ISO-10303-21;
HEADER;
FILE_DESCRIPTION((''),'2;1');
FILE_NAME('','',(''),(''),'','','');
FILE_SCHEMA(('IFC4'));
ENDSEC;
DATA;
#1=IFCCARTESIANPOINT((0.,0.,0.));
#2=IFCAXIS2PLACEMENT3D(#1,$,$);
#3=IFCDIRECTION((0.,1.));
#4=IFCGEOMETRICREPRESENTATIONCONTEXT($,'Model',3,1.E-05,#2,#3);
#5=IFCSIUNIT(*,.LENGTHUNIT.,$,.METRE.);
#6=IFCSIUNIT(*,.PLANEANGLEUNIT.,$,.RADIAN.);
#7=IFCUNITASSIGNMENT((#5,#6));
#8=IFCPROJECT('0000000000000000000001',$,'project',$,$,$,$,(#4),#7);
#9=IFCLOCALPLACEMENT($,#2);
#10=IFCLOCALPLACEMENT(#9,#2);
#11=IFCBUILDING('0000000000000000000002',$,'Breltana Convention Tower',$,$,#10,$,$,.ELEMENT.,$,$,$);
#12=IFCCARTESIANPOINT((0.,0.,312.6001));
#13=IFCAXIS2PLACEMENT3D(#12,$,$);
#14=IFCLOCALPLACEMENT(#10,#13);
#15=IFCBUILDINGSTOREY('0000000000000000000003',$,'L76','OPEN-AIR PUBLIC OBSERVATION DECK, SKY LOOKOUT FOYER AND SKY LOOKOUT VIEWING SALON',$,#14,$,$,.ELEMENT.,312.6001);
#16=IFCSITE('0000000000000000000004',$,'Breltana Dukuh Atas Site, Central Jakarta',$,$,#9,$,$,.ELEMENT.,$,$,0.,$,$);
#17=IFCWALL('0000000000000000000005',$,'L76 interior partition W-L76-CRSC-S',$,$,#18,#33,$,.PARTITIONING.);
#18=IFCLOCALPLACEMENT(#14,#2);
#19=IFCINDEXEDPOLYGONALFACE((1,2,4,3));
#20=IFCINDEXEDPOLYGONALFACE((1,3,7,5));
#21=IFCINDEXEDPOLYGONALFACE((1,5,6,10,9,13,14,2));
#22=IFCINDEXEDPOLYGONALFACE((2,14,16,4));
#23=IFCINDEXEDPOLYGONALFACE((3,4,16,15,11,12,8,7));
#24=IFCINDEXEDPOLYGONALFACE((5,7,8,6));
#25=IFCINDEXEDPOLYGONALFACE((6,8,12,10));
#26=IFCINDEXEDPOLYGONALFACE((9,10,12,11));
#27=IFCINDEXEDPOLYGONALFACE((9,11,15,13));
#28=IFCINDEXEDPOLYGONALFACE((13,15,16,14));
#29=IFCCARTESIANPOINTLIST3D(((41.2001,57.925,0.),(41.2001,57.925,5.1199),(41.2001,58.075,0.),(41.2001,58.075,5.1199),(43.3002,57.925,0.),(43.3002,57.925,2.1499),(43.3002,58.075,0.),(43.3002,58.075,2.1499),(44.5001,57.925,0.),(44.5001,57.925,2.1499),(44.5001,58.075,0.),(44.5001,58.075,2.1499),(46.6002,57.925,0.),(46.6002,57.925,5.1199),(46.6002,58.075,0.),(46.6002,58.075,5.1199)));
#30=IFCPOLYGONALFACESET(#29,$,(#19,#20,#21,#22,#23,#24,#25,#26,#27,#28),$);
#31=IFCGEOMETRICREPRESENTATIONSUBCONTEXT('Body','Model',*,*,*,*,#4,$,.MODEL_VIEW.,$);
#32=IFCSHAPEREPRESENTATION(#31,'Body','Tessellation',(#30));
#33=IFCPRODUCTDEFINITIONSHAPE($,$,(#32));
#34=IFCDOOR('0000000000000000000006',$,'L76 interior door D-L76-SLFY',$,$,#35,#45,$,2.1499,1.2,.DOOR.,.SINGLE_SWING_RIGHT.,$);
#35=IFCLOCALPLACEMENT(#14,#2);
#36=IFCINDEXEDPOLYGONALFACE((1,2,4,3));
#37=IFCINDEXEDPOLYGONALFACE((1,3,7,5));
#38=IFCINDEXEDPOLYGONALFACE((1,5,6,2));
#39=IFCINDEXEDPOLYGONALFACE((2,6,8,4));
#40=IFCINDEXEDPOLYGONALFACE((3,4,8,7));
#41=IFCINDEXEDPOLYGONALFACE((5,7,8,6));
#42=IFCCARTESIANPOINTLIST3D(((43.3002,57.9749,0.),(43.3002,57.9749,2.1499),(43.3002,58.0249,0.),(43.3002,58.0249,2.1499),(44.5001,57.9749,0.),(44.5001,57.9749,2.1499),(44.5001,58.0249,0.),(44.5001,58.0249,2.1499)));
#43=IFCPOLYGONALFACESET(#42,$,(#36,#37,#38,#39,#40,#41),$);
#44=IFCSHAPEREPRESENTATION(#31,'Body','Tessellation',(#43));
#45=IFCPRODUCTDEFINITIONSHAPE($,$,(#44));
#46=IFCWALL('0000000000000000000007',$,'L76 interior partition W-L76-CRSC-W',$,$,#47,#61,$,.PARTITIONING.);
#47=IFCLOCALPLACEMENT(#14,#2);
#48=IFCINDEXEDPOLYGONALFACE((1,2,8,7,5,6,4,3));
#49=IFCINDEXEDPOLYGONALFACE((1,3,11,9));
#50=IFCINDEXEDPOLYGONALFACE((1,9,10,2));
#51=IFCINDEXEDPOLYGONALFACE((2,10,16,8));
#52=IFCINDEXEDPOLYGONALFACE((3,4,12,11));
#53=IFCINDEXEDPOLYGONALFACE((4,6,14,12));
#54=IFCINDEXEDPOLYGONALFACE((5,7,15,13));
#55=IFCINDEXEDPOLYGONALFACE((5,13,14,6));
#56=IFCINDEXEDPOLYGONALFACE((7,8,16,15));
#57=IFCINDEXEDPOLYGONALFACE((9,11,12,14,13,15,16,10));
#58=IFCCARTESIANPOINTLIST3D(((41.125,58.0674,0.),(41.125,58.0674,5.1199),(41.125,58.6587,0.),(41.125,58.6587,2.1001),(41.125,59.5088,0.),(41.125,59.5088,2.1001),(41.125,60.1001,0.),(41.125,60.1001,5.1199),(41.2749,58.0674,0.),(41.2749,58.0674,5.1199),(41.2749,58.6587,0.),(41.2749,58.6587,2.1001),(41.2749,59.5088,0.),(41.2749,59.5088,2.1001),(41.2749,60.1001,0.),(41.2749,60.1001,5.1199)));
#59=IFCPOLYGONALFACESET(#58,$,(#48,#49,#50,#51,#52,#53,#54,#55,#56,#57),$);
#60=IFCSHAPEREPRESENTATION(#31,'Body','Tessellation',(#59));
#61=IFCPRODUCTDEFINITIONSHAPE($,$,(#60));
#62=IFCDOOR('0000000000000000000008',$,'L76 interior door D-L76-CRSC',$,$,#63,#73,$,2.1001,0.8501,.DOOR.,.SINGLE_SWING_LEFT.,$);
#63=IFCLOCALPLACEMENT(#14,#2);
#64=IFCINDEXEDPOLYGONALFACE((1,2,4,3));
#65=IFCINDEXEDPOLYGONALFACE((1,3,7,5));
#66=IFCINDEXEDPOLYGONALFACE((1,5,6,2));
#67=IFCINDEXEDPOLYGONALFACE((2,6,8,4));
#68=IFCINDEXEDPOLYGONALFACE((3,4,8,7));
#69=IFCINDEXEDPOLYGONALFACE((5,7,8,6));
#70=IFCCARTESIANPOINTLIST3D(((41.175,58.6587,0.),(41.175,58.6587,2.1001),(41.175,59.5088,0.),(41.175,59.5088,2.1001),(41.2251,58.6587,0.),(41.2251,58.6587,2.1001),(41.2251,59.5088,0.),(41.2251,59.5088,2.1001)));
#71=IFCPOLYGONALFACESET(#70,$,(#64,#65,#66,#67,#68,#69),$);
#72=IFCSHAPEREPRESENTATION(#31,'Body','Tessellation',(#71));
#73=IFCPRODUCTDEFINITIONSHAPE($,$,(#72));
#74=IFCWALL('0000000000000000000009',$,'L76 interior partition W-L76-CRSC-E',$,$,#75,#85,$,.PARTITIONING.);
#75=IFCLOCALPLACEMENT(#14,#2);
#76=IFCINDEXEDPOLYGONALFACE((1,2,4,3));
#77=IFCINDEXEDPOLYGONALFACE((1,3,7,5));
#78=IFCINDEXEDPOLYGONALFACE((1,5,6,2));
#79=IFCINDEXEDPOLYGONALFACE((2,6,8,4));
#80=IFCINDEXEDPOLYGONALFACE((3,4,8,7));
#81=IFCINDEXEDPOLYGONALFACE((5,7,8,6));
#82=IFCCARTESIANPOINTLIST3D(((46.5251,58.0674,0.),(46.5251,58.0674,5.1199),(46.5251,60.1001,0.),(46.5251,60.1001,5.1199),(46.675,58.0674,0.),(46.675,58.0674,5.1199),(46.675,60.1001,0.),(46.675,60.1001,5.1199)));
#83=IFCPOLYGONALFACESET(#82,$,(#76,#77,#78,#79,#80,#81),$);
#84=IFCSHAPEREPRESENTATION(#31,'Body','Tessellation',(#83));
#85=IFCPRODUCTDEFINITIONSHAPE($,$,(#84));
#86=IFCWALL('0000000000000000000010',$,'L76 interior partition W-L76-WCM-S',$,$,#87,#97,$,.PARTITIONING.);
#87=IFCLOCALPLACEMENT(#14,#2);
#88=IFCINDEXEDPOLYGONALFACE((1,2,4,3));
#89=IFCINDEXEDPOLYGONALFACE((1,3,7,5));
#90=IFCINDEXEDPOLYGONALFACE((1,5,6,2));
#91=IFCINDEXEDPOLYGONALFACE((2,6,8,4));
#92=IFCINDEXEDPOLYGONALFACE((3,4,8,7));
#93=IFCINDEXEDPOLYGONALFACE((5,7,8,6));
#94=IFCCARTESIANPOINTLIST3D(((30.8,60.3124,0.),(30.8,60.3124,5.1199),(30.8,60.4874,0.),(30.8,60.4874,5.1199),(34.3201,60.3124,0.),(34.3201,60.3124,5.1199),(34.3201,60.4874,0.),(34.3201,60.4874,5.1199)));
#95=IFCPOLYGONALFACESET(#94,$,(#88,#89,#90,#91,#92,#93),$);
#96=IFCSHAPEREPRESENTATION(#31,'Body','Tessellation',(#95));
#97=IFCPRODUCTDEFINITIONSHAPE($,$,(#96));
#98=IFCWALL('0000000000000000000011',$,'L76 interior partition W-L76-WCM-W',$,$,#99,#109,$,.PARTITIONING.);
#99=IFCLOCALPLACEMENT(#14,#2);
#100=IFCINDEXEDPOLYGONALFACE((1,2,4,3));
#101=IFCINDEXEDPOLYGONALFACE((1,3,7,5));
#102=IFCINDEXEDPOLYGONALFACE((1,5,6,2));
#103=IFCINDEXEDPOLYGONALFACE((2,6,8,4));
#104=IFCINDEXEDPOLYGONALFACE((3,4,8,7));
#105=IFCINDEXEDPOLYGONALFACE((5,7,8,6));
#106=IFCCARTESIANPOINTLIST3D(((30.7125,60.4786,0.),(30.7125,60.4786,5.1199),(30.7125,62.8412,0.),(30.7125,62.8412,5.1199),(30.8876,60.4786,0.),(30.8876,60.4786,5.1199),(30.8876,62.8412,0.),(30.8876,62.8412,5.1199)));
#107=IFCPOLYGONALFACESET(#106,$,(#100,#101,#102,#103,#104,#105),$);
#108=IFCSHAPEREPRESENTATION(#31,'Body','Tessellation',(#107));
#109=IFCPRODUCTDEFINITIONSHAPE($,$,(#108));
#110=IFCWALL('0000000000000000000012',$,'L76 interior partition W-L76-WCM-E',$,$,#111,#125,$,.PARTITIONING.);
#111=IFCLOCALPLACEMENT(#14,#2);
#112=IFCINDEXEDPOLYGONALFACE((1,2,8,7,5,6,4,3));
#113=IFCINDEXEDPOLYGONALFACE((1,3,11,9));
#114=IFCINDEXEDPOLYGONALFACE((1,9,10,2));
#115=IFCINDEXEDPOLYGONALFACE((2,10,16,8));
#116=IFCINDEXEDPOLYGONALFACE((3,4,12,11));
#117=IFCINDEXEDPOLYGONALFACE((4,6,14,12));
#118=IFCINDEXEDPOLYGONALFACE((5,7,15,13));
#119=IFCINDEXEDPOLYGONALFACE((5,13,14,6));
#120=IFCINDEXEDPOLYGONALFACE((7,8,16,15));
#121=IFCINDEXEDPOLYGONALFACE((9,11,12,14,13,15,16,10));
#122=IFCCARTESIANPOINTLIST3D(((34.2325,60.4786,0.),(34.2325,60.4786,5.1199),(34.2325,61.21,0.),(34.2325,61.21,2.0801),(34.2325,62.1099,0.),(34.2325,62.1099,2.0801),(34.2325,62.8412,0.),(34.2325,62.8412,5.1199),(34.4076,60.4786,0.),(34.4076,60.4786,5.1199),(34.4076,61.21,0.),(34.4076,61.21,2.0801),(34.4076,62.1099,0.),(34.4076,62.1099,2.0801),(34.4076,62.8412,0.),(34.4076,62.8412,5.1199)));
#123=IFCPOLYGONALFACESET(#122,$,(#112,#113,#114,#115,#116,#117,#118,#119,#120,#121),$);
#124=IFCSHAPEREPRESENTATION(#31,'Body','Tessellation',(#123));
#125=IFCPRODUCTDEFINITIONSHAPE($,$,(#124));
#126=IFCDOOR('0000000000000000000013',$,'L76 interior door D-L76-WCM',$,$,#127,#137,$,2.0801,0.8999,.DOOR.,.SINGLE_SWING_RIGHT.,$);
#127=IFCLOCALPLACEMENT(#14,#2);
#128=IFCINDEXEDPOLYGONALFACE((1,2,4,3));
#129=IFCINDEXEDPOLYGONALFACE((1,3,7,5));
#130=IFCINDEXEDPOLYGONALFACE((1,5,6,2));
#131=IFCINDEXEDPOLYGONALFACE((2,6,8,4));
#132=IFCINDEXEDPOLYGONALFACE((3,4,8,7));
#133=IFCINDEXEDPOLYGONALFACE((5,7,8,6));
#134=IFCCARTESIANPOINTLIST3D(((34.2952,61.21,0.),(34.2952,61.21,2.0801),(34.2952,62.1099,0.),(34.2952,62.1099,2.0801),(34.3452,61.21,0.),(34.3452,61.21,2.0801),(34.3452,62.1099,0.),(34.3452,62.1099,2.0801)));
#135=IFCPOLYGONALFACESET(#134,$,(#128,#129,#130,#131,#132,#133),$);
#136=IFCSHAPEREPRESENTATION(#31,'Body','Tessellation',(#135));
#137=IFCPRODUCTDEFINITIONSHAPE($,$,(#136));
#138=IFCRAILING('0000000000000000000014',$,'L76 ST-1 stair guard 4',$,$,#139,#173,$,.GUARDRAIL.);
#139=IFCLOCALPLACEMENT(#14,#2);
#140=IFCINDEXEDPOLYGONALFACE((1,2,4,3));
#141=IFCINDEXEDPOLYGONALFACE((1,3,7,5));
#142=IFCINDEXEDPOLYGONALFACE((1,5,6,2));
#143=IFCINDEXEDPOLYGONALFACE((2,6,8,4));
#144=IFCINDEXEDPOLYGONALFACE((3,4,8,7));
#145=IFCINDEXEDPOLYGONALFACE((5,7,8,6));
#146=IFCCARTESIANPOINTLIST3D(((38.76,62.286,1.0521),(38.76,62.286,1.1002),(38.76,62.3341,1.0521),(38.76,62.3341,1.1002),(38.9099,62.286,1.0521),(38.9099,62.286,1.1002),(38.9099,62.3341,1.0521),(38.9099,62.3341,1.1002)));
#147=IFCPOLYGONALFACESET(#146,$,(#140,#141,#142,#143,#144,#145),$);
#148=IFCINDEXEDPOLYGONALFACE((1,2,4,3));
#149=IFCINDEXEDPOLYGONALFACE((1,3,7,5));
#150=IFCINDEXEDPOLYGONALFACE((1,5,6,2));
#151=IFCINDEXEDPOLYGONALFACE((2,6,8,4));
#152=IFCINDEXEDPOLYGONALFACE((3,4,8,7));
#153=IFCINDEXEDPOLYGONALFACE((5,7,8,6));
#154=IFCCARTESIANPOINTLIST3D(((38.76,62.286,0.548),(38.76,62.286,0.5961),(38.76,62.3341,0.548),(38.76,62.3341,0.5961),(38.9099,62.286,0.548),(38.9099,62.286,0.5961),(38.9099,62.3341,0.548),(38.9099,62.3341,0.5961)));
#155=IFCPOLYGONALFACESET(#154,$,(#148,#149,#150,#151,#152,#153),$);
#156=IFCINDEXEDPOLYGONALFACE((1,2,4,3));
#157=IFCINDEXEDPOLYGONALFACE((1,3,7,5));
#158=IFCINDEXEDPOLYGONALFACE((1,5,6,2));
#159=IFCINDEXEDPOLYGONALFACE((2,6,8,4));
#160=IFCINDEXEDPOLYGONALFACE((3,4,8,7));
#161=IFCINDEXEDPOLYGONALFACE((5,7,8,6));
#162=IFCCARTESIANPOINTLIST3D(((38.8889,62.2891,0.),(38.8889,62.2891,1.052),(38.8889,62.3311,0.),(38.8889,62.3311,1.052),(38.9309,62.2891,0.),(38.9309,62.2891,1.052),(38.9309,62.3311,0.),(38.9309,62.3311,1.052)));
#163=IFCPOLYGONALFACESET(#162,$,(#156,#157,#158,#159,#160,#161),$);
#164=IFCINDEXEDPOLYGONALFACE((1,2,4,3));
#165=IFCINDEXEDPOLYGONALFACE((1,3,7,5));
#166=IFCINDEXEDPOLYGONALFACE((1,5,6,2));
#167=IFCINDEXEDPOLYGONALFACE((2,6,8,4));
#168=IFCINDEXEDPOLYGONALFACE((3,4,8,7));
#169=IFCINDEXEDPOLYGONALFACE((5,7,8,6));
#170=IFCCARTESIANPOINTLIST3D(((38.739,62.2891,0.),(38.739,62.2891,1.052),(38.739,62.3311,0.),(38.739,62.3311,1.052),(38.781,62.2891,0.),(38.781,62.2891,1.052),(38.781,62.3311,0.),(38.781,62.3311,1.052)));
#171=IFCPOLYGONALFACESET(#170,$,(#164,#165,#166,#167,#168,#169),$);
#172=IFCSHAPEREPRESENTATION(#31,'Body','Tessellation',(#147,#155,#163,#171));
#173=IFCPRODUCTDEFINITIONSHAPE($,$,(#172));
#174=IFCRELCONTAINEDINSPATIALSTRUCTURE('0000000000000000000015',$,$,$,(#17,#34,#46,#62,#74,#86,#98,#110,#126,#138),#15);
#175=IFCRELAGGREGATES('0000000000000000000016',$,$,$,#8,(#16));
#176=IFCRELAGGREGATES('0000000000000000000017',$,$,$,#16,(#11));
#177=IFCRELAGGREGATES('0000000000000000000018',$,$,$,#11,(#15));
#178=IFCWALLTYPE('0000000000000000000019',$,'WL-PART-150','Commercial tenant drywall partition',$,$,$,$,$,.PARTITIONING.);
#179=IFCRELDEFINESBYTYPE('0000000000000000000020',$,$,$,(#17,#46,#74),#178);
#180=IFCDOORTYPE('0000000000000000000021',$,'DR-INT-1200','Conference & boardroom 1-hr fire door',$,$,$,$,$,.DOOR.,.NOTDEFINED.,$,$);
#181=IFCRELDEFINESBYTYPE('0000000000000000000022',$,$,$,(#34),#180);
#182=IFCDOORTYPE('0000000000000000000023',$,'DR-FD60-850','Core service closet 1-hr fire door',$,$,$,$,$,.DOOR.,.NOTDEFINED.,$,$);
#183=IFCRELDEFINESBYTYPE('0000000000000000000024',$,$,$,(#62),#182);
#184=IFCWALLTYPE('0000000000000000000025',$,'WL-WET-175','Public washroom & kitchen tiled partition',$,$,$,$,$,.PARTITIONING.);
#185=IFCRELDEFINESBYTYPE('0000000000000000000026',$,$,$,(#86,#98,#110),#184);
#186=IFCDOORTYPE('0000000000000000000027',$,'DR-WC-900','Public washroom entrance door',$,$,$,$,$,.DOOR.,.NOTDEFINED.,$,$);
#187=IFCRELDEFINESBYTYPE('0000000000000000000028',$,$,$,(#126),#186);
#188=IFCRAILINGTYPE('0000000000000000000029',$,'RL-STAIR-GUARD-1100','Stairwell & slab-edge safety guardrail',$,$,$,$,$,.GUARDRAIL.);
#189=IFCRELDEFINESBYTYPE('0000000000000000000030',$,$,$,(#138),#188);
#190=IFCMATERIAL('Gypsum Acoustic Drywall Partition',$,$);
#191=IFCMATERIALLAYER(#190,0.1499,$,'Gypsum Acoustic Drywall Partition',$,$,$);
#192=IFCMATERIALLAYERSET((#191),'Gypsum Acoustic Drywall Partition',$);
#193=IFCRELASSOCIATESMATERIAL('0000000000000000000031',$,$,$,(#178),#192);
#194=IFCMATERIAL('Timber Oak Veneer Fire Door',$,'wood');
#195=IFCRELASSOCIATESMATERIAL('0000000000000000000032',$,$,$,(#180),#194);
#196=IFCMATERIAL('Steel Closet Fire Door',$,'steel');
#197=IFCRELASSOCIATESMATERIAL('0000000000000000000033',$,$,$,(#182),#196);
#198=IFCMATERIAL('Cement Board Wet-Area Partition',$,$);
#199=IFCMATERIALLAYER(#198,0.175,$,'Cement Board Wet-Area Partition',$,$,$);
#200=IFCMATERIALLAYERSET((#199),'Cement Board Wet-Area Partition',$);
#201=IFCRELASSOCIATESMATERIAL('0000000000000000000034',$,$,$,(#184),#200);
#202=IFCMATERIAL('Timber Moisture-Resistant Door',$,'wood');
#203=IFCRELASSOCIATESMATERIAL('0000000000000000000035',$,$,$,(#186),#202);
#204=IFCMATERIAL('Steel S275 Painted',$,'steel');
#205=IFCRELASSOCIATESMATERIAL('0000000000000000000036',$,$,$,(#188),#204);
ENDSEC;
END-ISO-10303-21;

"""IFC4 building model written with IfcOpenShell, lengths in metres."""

from ifc_helpers import new_model, si_unit, direction, frame, frame_2d, origin, origin_2d, place, context, subcontext, project, spatial, rectangle, extrude, source, transform, mapped, material, layer, layer_set, type_object, type_shapes, element, fill, save


model = new_model("IFC4")

# Units and contexts
model_context = context("Model", 3, precision=1e-05, world=origin(), true_north=direction((0.0, 1.0)))
body_context = subcontext(model_context, "Body", "Model", "MODEL_VIEW")
ifc_project = project(units=[si_unit("LENGTHUNIT", "METRE"), si_unit("PLANEANGLEUNIT", "RADIAN")], contexts=[model_context])

# Site, building, storey
site_placement = place(None, origin())
site = spatial("IfcSite", under=ifc_project, at=site_placement, Name="Breltana Dukuh Atas Site, Central Jakarta", CompositionType="ELEMENT", RefElevation=0.0)
building_placement = place(site_placement, origin())
building = spatial("IfcBuilding", under=site, at=building_placement, Name="Breltana Convention Tower", CompositionType="ELEMENT")
storey_placement = place(building_placement, frame((0.0, 0.0, 312.6001)))
storey = spatial("IfcBuildingStorey", under=building, at=storey_placement, Name="L76", Description="OPEN-AIR PUBLIC OBSERVATION DECK, SKY LOOKOUT FOYER AND SKY LOOKOUT VIEWING SALON", CompositionType="ELEMENT", Elevation=312.6001)

# Walls, openings, doors
ifc_material_1 = material(Name="Gypsum Acoustic Drywall Partition")
ifc_layer_1 = layer(ifc_material_1, 0.1499, Name="Gypsum Acoustic Drywall Partition")
ifc_layer_set_1 = layer_set([ifc_layer_1], Name="Gypsum Acoustic Drywall Partition")
wall_type_1 = type_object("IfcWallType", Name="WL-PART-150", Description="Commercial tenant drywall partition", PredefinedType="PARTITIONING", material=ifc_layer_set_1)
shared_shape_1 = source(origin(), body_context, "Body", "SweptSolid", [
    extrude(rectangle(XDim=5.4001, YDim=0.1499, at=frame_2d((2.7002, 0.0))), origin(), (0.0, 0.0, 1.0), 5.1199),
])
wall_1_placement = place(storey_placement, frame((41.2, 58.0, 0.0), z_axis=(0.0, 0.0, 1.0), x_axis=(1.0, 0.0, 0.0)))
wall_1 = element("IfcWall", 1, at=wall_1_placement, inside=storey, type_object=wall_type_1, Name="L76 interior partition W-L76-CRSC-S", PredefinedType="PARTITIONING", context=body_context, shape_type="MappedRepresentation", body=[
    mapped(shared_shape_1, transform((0.0, 0.0, 0.0), scale=1.0)),
])
opening_1_placement = place(wall_1_placement, frame((2.1001, 0.0, 0.0)))
opening_1 = element("IfcOpeningElement", 2, at=opening_1_placement, cuts=wall_1, PredefinedType="OPENING", context=body_context, shape_type="SweptSolid", body=[
    extrude(rectangle(XDim=1.2, YDim=2.1499, at=frame_2d((0.6001, 1.075))), frame((0.0, 0.085, 0.0), z_axis=(0.0, -1.0, 0.0), x_axis=(1.0, 0.0, 0.0)), (0.0, 0.0, 1.0), 0.1699),
])
ifc_material_2 = material(Name="Timber Oak Veneer Fire Door", Category="wood")
door_type_1 = type_object("IfcDoorType", Name="DR-INT-1200", Description="Conference & boardroom 1-hr fire door", OperationType="NOTDEFINED", PredefinedType="DOOR", material=ifc_material_2)
shared_shape_2 = source(origin(), body_context, "Body", "SweptSolid", [
    extrude(rectangle(XDim=1.2, YDim=2.1499, at=frame_2d((0.6001, 1.075))), frame((0.0, 0.0249, 0.0), z_axis=(0.0, -1.0, 0.0), x_axis=(1.0, 0.0, 0.0)), (0.0, 0.0, 1.0), 0.05),
])
type_shapes(door_type_1, [shared_shape_2])
door_1_placement = place(opening_1_placement, origin())
door_1 = element("IfcDoor", 3, at=door_1_placement, inside=storey, type_object=door_type_1, Name="L76 interior door D-L76-SLFY", OperationType="SINGLE_SWING_RIGHT", OverallHeight=2.1499, OverallWidth=1.2, PredefinedType="DOOR", context=body_context, shape_type="MappedRepresentation", body=[
    mapped(shared_shape_2, transform((0.0, 0.0, 0.0), scale=1.0)),
])
fill(opening_1, door_1)
shared_shape_3 = source(origin(), body_context, "Body", "SweptSolid", [
    extrude(rectangle(XDim=2.0327, YDim=0.1499, at=frame_2d((1.0164, 0.0))), origin(), (0.0, 0.0, 1.0), 5.1199),
])
wall_2_placement = place(storey_placement, frame((41.2, 58.0674, 0.0), z_axis=(0.0, 0.0, 1.0), x_axis=(0.0, 1.0, 0.0)))
wall_2 = element("IfcWall", 4, at=wall_2_placement, inside=storey, type_object=wall_type_1, Name="L76 interior partition W-L76-CRSC-W", PredefinedType="PARTITIONING", context=body_context, shape_type="MappedRepresentation", body=[
    mapped(shared_shape_3, transform((0.0, 0.0, 0.0), scale=1.0)),
])
opening_2_placement = place(wall_2_placement, frame((0.5913, 0.0, 0.0)))
opening_2 = element("IfcOpeningElement", 5, at=opening_2_placement, cuts=wall_2, PredefinedType="OPENING", context=body_context, shape_type="SweptSolid", body=[
    extrude(rectangle(XDim=0.8501, YDim=2.1001, at=frame_2d((0.425, 1.05))), frame((0.0, 0.085, 0.0), z_axis=(0.0, -1.0, 0.0), x_axis=(1.0, 0.0, 0.0)), (0.0, 0.0, 1.0), 0.1699),
])
ifc_material_3 = material(Name="Steel Closet Fire Door", Category="steel")
door_type_2 = type_object("IfcDoorType", Name="DR-FD60-850", Description="Core service closet 1-hr fire door", OperationType="NOTDEFINED", PredefinedType="DOOR", material=ifc_material_3)
shared_shape_4 = source(origin(), body_context, "Body", "SweptSolid", [
    extrude(rectangle(XDim=0.8501, YDim=2.1001, at=frame_2d((0.425, 1.05))), frame((0.0, 0.0249, 0.0), z_axis=(0.0, -1.0, 0.0), x_axis=(1.0, 0.0, 0.0)), (0.0, 0.0, 1.0), 0.05),
])
type_shapes(door_type_2, [shared_shape_4])
door_2_placement = place(opening_2_placement, origin())
door_2 = element("IfcDoor", 6, at=door_2_placement, inside=storey, type_object=door_type_2, Name="L76 interior door D-L76-CRSC", OperationType="SINGLE_SWING_LEFT", OverallHeight=2.1001, OverallWidth=0.8501, PredefinedType="DOOR", context=body_context, shape_type="MappedRepresentation", body=[
    mapped(shared_shape_4, transform((0.0, 0.0, 0.0), scale=1.0)),
])
fill(opening_2, door_2)

# Walls
wall_3_placement = place(storey_placement, frame((46.6001, 58.0674, 0.0), z_axis=(0.0, 0.0, 1.0), x_axis=(0.0, 1.0, 0.0)))
element("IfcWall", 7, at=wall_3_placement, inside=storey, type_object=wall_type_1, Name="L76 interior partition W-L76-CRSC-E", PredefinedType="PARTITIONING", context=body_context, shape_type="MappedRepresentation", body=[
    mapped(shared_shape_3, transform((0.0, 0.0, 0.0), scale=1.0)),
])
ifc_material_4 = material(Name="Cement Board Wet-Area Partition")
ifc_layer_2 = layer(ifc_material_4, 0.175, Name="Cement Board Wet-Area Partition")
ifc_layer_set_2 = layer_set([ifc_layer_2], Name="Cement Board Wet-Area Partition")
wall_type_2 = type_object("IfcWallType", Name="WL-WET-175", Description="Public washroom & kitchen tiled partition", PredefinedType="PARTITIONING", material=ifc_layer_set_2)
shared_shape_5 = source(origin(), body_context, "Body", "SweptSolid", [
    extrude(rectangle(XDim=3.52, YDim=0.175, at=frame_2d((1.76, 0.0))), origin(), (0.0, 0.0, 1.0), 5.1199),
])
wall_4_placement = place(storey_placement, frame((30.8, 60.3999, 0.0), z_axis=(0.0, 0.0, 1.0), x_axis=(1.0, 0.0, 0.0)))
element("IfcWall", 8, at=wall_4_placement, inside=storey, type_object=wall_type_2, Name="L76 interior partition W-L76-WCM-S", PredefinedType="PARTITIONING", context=body_context, shape_type="MappedRepresentation", body=[
    mapped(shared_shape_5, transform((0.0, 0.0, 0.0), scale=1.0)),
])
shared_shape_6 = source(origin(), body_context, "Body", "SweptSolid", [
    extrude(rectangle(XDim=2.3625, YDim=0.175, at=frame_2d((1.1812, 0.0))), origin(), (0.0, 0.0, 1.0), 5.1199),
])
wall_5_placement = place(storey_placement, frame((30.8, 60.4788, 0.0), z_axis=(0.0, 0.0, 1.0), x_axis=(0.0, 1.0, 0.0)))
element("IfcWall", 9, at=wall_5_placement, inside=storey, type_object=wall_type_2, Name="L76 interior partition W-L76-WCM-W", PredefinedType="PARTITIONING", context=body_context, shape_type="MappedRepresentation", body=[
    mapped(shared_shape_6, transform((0.0, 0.0, 0.0), scale=1.0)),
])

# Wall, opening, door
wall_6_placement = place(storey_placement, frame((34.3201, 60.4788, 0.0), z_axis=(0.0, 0.0, 1.0), x_axis=(0.0, 1.0, 0.0)))
wall_6 = element("IfcWall", 10, at=wall_6_placement, inside=storey, type_object=wall_type_2, Name="L76 interior partition W-L76-WCM-E", PredefinedType="PARTITIONING", context=body_context, shape_type="MappedRepresentation", body=[
    mapped(shared_shape_6, transform((0.0, 0.0, 0.0), scale=1.0)),
])
opening_3_placement = place(wall_6_placement, frame((0.7312, 0.0, 0.0)))
opening_3 = element("IfcOpeningElement", 11, at=opening_3_placement, cuts=wall_6, PredefinedType="OPENING", context=body_context, shape_type="SweptSolid", body=[
    extrude(rectangle(XDim=0.8999, YDim=2.0801, at=frame_2d((0.45, 1.04))), frame((0.0, 0.0977, 0.0), z_axis=(0.0, -1.0, 0.0), x_axis=(1.0, 0.0, 0.0)), (0.0, 0.0, 1.0), 0.1951),
])
ifc_material_5 = material(Name="Timber Moisture-Resistant Door", Category="wood")
door_type_3 = type_object("IfcDoorType", Name="DR-WC-900", Description="Public washroom entrance door", OperationType="NOTDEFINED", PredefinedType="DOOR", material=ifc_material_5)
shared_shape_7 = source(origin(), body_context, "Body", "SweptSolid", [
    extrude(rectangle(XDim=0.8999, YDim=2.0801, at=frame_2d((0.45, 1.04))), frame((0.0, 0.0249, 0.0), z_axis=(0.0, -1.0, 0.0), x_axis=(1.0, 0.0, 0.0)), (0.0, 0.0, 1.0), 0.05),
])
type_shapes(door_type_3, [shared_shape_7])
door_3_placement = place(opening_3_placement, origin())
door_3 = element("IfcDoor", 12, at=door_3_placement, inside=storey, type_object=door_type_3, Name="L76 interior door D-L76-WCM", OperationType="SINGLE_SWING_RIGHT", OverallHeight=2.0801, OverallWidth=0.8999, PredefinedType="DOOR", context=body_context, shape_type="MappedRepresentation", body=[
    mapped(shared_shape_7, transform((0.0, 0.0, 0.0), scale=1.0)),
])
fill(opening_3, door_3)

# Railing
ifc_material_6 = material(Name="Steel S275 Painted", Category="steel")
railing_type = type_object("IfcRailingType", Name="RL-STAIR-GUARD-1100", Description="Stairwell & slab-edge safety guardrail", PredefinedType="GUARDRAIL", material=ifc_material_6)
railing_placement = place(storey_placement, frame((38.9099, 62.3101, 0.0)))
element("IfcRailing", 13, at=railing_placement, inside=storey, type_object=railing_type, Name="L76 ST-1 stair guard 4", PredefinedType="GUARDRAIL", context=body_context, shape_type="SweptSolid", body=[
    extrude(rectangle(XDim=0.0481, YDim=0.0481, at=origin_2d()), frame((0.0, 0.0, 1.0762), z_axis=(-1.0, 0.0, 0.0), x_axis=(0.0, -1.0, 0.0)), (0.0, 0.0, 1.0), 0.1499),
    extrude(rectangle(XDim=0.0481, YDim=0.0481, at=origin_2d()), frame((0.0, 0.0, 0.572), z_axis=(-1.0, 0.0, 0.0), x_axis=(0.0, -1.0, 0.0)), (0.0, 0.0, 1.0), 0.1499),
    extrude(rectangle(XDim=0.042, YDim=0.042, at=origin_2d()), origin(), (0.0, 0.0, 1.0), 1.052),
    extrude(rectangle(XDim=0.042, YDim=0.042, at=origin_2d()), frame((-0.1499, 0.0, 0.0)), (0.0, 0.0, 1.0), 1.052),
])

save(model, "model.ifc")
